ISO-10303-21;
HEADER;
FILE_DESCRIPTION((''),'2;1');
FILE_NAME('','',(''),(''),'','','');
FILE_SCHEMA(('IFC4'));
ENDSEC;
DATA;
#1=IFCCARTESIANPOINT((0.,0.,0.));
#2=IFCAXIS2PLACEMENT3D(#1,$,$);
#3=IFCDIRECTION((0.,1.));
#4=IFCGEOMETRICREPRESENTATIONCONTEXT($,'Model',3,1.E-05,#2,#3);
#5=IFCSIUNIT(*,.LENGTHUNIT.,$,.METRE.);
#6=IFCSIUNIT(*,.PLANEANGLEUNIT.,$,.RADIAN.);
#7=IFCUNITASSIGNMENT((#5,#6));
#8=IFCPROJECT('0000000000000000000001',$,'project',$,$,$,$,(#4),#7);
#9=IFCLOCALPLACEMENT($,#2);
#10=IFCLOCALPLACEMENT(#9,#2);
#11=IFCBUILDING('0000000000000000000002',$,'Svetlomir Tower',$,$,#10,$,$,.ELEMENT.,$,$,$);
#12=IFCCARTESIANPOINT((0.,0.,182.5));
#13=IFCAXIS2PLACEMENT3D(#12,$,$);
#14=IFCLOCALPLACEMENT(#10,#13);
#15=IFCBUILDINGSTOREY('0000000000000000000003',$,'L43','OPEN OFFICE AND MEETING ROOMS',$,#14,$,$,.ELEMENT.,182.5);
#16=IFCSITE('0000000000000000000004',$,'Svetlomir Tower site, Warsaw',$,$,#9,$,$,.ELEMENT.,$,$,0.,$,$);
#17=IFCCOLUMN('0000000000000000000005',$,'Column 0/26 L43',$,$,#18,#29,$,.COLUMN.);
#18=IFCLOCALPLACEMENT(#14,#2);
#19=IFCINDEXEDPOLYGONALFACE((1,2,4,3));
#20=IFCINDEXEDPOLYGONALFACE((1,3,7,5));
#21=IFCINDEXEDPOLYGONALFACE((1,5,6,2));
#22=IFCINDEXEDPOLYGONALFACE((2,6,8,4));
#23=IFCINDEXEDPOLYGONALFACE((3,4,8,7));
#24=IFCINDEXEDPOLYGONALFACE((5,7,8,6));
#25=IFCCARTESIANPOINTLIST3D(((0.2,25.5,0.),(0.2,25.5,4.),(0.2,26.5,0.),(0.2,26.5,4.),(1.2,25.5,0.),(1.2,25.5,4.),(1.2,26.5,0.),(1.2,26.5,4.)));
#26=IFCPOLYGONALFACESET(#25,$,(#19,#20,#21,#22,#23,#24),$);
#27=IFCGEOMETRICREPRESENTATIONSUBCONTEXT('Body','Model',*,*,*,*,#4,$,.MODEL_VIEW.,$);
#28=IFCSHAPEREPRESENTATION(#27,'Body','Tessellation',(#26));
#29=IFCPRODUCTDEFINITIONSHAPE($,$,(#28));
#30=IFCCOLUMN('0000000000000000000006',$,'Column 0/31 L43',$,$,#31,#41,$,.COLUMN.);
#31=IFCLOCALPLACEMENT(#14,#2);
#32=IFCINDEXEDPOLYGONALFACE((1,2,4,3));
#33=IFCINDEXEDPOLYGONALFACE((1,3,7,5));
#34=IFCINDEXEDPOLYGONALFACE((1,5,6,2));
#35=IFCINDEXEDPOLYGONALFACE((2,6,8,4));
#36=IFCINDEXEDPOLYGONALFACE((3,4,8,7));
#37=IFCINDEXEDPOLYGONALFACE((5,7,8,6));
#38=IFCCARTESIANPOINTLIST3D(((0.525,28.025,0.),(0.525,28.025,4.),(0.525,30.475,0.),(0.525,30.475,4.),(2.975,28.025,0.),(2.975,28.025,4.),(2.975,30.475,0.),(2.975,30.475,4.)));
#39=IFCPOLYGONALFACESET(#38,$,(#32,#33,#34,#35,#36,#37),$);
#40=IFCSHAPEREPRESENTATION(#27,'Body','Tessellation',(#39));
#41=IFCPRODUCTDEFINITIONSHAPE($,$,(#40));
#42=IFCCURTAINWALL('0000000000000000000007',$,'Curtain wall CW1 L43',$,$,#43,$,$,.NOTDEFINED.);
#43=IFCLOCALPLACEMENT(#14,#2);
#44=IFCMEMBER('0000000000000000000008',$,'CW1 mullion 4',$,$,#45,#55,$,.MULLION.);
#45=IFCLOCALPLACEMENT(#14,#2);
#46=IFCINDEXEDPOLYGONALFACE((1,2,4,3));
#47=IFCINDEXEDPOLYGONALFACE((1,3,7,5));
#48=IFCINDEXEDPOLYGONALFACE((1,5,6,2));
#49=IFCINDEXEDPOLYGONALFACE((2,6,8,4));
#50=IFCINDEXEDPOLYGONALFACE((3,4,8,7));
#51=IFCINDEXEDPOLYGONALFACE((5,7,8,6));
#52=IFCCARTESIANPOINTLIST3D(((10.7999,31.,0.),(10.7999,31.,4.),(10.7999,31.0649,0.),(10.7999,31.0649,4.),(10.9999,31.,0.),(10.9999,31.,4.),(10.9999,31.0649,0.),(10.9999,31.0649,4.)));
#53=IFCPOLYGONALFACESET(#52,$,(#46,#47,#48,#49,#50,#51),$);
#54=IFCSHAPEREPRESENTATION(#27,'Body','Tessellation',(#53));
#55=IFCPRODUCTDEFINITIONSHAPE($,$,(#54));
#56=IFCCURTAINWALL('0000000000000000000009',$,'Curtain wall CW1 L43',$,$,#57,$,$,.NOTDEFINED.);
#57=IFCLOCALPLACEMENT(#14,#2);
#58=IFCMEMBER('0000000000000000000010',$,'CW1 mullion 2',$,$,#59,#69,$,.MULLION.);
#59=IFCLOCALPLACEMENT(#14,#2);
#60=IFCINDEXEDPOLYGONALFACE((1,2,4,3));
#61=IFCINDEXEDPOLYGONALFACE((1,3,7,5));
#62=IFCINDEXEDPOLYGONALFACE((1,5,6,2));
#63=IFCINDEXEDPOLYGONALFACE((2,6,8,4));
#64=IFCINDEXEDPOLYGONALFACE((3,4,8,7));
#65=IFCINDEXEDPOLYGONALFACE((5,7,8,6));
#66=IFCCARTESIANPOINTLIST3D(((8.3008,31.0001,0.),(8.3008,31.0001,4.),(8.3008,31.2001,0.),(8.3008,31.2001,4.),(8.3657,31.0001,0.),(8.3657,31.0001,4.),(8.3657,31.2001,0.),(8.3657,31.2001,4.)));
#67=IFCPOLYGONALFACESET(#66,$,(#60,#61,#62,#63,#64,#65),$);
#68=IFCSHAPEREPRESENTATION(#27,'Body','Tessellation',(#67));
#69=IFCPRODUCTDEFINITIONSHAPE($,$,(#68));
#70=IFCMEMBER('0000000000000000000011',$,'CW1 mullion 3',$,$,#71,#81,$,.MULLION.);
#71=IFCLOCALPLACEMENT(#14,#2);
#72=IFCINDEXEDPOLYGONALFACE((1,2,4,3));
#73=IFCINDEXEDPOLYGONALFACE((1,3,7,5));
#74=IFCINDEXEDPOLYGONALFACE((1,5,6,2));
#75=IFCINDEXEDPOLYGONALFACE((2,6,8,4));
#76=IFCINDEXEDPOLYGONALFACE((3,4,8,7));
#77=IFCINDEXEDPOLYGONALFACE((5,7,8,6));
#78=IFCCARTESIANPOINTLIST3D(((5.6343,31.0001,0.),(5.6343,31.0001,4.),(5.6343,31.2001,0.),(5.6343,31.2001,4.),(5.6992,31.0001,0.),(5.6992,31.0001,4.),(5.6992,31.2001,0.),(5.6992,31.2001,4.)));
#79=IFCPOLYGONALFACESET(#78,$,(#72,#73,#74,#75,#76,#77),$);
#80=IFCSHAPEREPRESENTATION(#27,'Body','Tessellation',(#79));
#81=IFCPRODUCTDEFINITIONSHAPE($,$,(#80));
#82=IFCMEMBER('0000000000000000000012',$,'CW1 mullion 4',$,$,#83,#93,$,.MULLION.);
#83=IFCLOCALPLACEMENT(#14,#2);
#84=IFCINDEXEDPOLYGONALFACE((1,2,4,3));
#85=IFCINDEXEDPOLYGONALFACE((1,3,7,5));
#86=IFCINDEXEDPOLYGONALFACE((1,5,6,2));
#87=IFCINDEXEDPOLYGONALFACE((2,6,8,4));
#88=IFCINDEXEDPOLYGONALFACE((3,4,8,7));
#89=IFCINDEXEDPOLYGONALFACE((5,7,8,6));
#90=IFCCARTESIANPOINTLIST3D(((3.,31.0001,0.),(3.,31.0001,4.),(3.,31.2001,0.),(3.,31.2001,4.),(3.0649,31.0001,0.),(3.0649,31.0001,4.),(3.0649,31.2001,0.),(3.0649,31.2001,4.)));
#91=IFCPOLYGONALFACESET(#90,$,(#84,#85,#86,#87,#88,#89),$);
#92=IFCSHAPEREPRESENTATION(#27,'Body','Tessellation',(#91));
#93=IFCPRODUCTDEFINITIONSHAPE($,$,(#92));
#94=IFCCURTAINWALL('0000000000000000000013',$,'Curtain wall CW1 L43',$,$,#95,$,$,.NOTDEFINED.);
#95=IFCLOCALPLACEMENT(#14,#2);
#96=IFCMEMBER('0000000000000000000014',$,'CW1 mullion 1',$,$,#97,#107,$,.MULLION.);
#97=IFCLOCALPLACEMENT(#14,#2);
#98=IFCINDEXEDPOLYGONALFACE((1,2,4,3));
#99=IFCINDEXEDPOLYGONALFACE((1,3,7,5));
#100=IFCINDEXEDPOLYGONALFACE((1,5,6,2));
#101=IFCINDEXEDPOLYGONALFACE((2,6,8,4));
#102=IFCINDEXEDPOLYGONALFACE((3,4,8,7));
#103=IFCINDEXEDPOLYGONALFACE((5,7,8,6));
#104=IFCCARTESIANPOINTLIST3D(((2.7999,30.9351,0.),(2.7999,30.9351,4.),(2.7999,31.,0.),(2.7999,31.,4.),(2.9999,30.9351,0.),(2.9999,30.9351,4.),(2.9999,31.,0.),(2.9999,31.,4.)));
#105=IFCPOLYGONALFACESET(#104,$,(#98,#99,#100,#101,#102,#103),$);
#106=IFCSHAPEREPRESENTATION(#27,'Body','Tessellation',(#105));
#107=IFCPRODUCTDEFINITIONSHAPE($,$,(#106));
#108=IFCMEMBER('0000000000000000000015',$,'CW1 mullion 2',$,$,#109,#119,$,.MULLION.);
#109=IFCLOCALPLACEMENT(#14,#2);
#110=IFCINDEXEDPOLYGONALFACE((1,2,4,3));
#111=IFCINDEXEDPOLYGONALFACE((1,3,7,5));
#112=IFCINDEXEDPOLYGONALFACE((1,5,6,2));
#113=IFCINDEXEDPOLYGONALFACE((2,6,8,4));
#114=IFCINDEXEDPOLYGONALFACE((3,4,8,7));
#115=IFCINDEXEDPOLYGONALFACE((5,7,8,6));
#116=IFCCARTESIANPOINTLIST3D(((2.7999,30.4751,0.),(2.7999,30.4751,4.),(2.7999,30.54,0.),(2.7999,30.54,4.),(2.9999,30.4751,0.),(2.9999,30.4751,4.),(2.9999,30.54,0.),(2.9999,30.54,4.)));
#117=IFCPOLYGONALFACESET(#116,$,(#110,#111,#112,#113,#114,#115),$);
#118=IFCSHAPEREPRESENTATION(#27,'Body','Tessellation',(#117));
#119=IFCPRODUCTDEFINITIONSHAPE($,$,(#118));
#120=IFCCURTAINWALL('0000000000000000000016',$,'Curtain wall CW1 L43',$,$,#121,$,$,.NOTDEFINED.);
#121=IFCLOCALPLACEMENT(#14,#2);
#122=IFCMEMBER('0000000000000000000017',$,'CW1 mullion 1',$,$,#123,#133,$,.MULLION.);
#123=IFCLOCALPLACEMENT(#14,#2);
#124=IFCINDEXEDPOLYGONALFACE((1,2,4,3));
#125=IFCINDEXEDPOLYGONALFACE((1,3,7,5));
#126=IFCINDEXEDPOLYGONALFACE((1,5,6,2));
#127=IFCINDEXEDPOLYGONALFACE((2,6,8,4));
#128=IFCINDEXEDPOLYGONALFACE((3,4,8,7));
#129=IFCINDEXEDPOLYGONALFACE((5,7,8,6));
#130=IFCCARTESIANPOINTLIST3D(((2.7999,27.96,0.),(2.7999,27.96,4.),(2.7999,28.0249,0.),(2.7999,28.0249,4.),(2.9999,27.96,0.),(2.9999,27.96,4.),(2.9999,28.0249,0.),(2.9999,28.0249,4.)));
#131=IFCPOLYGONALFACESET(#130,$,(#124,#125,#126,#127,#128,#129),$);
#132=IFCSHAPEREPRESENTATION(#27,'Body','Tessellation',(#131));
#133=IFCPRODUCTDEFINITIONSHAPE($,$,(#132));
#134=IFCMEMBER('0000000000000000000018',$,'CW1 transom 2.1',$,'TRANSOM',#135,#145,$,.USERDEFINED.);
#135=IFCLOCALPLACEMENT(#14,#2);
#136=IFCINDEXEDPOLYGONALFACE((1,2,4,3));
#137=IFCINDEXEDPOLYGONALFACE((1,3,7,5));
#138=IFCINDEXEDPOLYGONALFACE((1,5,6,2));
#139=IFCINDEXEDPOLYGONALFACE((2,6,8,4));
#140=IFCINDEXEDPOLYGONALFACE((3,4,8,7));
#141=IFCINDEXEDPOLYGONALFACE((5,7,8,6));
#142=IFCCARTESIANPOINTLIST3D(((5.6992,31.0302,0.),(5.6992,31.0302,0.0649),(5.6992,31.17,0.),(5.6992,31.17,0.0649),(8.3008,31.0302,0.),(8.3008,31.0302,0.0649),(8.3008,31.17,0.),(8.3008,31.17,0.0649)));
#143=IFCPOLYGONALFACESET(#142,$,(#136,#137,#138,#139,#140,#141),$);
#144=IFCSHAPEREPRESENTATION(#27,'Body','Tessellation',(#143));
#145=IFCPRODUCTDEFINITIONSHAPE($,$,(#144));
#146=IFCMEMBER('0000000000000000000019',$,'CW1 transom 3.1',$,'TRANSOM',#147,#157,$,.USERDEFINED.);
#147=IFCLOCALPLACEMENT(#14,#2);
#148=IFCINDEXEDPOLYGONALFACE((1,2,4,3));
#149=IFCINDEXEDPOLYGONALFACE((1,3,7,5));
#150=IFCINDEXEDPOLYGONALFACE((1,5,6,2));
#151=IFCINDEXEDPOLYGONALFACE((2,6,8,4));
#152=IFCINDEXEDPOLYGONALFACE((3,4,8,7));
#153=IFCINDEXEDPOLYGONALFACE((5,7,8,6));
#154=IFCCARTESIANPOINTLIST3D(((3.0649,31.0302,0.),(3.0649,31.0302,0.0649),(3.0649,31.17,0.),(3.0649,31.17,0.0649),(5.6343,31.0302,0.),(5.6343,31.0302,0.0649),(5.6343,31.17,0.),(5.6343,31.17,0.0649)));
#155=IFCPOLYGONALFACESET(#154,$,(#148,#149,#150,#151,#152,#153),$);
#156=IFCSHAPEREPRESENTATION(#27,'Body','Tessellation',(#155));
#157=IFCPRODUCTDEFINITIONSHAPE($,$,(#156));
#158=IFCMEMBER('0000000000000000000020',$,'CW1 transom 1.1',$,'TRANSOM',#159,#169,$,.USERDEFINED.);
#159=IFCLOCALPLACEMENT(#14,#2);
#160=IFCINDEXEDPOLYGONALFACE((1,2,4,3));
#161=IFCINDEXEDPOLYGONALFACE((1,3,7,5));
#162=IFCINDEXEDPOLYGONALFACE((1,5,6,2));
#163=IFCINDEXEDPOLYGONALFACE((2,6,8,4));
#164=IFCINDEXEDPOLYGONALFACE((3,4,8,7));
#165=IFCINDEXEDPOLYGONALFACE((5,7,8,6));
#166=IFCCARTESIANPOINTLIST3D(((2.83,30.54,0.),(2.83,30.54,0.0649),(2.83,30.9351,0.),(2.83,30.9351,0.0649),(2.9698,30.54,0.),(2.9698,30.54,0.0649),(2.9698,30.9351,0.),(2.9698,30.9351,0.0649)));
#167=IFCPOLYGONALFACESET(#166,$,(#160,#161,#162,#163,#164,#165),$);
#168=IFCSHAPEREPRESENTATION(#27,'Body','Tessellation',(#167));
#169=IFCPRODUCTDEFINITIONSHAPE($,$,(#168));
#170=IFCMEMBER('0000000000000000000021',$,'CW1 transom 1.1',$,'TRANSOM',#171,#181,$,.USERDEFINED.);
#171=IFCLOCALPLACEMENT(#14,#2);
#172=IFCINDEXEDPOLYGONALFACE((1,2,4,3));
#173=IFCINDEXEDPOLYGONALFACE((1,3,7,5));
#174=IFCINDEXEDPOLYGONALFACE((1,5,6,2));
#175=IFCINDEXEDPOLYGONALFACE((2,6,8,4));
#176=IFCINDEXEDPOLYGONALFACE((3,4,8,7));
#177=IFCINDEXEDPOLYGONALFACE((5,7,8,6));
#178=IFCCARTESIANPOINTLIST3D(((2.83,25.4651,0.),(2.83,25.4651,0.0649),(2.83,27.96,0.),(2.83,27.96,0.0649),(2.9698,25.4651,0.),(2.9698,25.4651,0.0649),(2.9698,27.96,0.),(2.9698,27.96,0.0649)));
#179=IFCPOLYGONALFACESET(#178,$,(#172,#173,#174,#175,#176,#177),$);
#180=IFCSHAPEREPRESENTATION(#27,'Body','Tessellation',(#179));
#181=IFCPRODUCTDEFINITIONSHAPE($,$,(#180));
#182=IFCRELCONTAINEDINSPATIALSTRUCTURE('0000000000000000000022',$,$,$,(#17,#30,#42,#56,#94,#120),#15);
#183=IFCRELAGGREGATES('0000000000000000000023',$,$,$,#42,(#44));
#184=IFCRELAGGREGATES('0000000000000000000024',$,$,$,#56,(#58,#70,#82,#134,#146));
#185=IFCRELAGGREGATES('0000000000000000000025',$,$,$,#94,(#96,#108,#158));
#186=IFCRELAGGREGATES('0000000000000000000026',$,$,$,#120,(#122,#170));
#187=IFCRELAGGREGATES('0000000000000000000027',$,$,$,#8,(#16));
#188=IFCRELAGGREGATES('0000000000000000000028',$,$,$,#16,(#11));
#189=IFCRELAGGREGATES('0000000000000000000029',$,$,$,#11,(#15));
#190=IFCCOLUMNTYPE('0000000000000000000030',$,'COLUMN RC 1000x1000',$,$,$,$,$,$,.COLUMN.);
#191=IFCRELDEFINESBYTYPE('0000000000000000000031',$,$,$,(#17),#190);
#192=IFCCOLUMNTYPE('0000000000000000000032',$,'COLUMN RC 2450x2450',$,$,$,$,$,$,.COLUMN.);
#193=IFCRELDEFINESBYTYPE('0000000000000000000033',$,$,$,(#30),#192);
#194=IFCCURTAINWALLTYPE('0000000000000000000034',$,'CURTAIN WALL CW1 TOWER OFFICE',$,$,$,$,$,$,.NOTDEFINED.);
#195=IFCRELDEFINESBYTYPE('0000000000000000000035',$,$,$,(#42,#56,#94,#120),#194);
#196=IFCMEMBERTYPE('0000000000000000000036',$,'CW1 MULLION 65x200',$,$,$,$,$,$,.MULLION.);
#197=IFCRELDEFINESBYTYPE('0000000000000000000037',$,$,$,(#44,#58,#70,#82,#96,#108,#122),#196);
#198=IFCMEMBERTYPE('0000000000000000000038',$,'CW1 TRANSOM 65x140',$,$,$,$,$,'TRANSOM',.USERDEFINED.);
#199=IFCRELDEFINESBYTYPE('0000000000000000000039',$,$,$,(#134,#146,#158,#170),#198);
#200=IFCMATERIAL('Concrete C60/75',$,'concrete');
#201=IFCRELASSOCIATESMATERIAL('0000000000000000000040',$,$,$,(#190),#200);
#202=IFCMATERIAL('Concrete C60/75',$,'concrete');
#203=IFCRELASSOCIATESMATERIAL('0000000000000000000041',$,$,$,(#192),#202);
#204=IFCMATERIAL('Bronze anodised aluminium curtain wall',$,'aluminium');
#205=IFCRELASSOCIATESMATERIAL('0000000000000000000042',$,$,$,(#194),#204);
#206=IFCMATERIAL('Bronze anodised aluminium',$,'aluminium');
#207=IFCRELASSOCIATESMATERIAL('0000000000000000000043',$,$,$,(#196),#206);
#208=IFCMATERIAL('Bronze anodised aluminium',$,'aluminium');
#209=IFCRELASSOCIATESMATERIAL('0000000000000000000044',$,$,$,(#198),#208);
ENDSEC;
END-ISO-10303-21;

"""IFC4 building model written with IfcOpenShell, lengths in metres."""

from ifc_helpers import new_model, si_unit, direction, frame, origin, origin_2d, place, context, subcontext, project, spatial, rectangle, extrude, material, material_profile, profile_set, type_object, element, aggregate, save


model = new_model("IFC4")

# Units and contexts
model_context = context("Model", 3, precision=1e-05, world=origin(), true_north=direction((0.0, 1.0)))
body_context = subcontext(model_context, "Body", "Model", "MODEL_VIEW")
ifc_project = project(units=[si_unit("LENGTHUNIT", "METRE"), si_unit("PLANEANGLEUNIT", "RADIAN")], contexts=[model_context])

# Site, building, storey
site_placement = place(None, origin())
site = spatial("IfcSite", under=ifc_project, at=site_placement, Name="Svetlomir Tower site, Warsaw", CompositionType="ELEMENT", RefElevation=0.0)
building_placement = place(site_placement, origin())
building = spatial("IfcBuilding", under=site, at=building_placement, Name="Svetlomir Tower", CompositionType="ELEMENT")
storey_placement = place(building_placement, frame((0.0, 0.0, 182.5)))
storey = spatial("IfcBuildingStorey", under=building, at=storey_placement, Name="L43", Description="OPEN OFFICE AND MEETING ROOMS", CompositionType="ELEMENT", Elevation=182.5)

# Columns
ifc_material_1 = material(Name="Concrete C60/75", Category="concrete")
ifc_material_profile_1 = material_profile(ifc_material_1, rectangle(XDim=1.0, YDim=1.0, at=origin_2d()), Name="RC 1000x1000")
ifc_profile_set_1 = profile_set([ifc_material_profile_1], Name="Concrete C60/75")
column_type_1 = type_object("IfcColumnType", Name="COLUMN RC 1000x1000", PredefinedType="COLUMN", material=ifc_profile_set_1)
column_1_placement = place(storey_placement, frame((0.7, 26.0, 0.0), z_axis=(0.0, 0.0, 1.0), x_axis=(1.0, 0.0, 0.0)))
element("IfcColumn", 1, at=column_1_placement, inside=storey, type_object=column_type_1, Name="Column 0/26 L43", PredefinedType="COLUMN", context=body_context, shape_type="SweptSolid", body=[
    extrude(rectangle(XDim=1.0, YDim=1.0, at=origin_2d()), origin(), (0.0, 0.0, 1.0), 4.0),
])
ifc_material_2 = material(Name="Concrete C60/75", Category="concrete")
ifc_material_profile_2 = material_profile(ifc_material_2, rectangle(XDim=2.45, YDim=2.45, at=origin_2d()), Name="RC 2450x2450")
ifc_profile_set_2 = profile_set([ifc_material_profile_2], Name="Concrete C60/75")
column_type_2 = type_object("IfcColumnType", Name="COLUMN RC 2450x2450", PredefinedType="COLUMN", material=ifc_profile_set_2)
column_2_placement = place(storey_placement, frame((1.75, 29.25, 0.0), z_axis=(0.0, 0.0, 1.0), x_axis=(1.0, 0.0, 0.0)))
element("IfcColumn", 2, at=column_2_placement, inside=storey, type_object=column_type_2, Name="Column 0/31 L43", PredefinedType="COLUMN", context=body_context, shape_type="SweptSolid", body=[
    extrude(rectangle(XDim=2.45, YDim=2.45, at=origin_2d()), origin(), (0.0, 0.0, 1.0), 4.0),
])

# Curtain wall, member
ifc_material_3 = material(Name="Bronze anodised aluminium curtain wall", Category="aluminium")
curtain_wall_type = type_object("IfcCurtainWallType", Name="CURTAIN WALL CW1 TOWER OFFICE", PredefinedType="NOTDEFINED", material=ifc_material_3)
curtain_wall_1_placement = place(storey_placement, origin())
curtain_wall_1 = element("IfcCurtainWall", 3, at=curtain_wall_1_placement, inside=storey, type_object=curtain_wall_type, Name="Curtain wall CW1 L43", PredefinedType="NOTDEFINED")
ifc_material_4 = material(Name="Bronze anodised aluminium", Category="aluminium")
ifc_material_profile_3 = material_profile(ifc_material_4, rectangle(XDim=0.0649, YDim=0.2, at=origin_2d()), Name="AL 65x200")
ifc_profile_set_3 = profile_set([ifc_material_profile_3], Name="Bronze anodised aluminium 6063-T6")
member_type_1 = type_object("IfcMemberType", Name="CW1 MULLION 65x200", PredefinedType="MULLION", material=ifc_profile_set_3)
member_1_placement = place(storey_placement, frame((10.8999, 31.0325, 0.0), z_axis=(0.0, 0.0, 1.0), x_axis=(0.0, -1.0, 0.0)))
member_1 = element("IfcMember", 4, at=member_1_placement, type_object=member_type_1, Name="CW1 mullion 4", PredefinedType="MULLION", context=body_context, shape_type="SweptSolid", body=[
    extrude(rectangle(XDim=0.0649, YDim=0.2, at=origin_2d()), origin(), (0.0, 0.0, 1.0), 4.0),
])
aggregate(curtain_wall_1, [member_1])

# Curtain walls, members
curtain_wall_2_placement = place(storey_placement, origin())
curtain_wall_2 = element("IfcCurtainWall", 5, at=curtain_wall_2_placement, inside=storey, type_object=curtain_wall_type, Name="Curtain wall CW1 L43", PredefinedType="NOTDEFINED")
member_2_placement = place(storey_placement, frame((8.3333, 31.1001, 0.0), z_axis=(0.0, 0.0, 1.0), x_axis=(-1.0, 0.0, 0.0)))
member_2 = element("IfcMember", 6, at=member_2_placement, type_object=member_type_1, Name="CW1 mullion 2", PredefinedType="MULLION", context=body_context, shape_type="SweptSolid", body=[
    extrude(rectangle(XDim=0.0649, YDim=0.2, at=origin_2d()), origin(), (0.0, 0.0, 1.0), 4.0),
])
member_3_placement = place(storey_placement, frame((5.6667, 31.1001, 0.0), z_axis=(0.0, 0.0, 1.0), x_axis=(-1.0, 0.0, 0.0)))
member_3 = element("IfcMember", 7, at=member_3_placement, type_object=member_type_1, Name="CW1 mullion 3", PredefinedType="MULLION", context=body_context, shape_type="SweptSolid", body=[
    extrude(rectangle(XDim=0.0649, YDim=0.2, at=origin_2d()), origin(), (0.0, 0.0, 1.0), 4.0),
])
member_4_placement = place(storey_placement, frame((3.0325, 31.1001, 0.0), z_axis=(0.0, 0.0, 1.0), x_axis=(-1.0, 0.0, 0.0)))
member_4 = element("IfcMember", 8, at=member_4_placement, type_object=member_type_1, Name="CW1 mullion 4", PredefinedType="MULLION", context=body_context, shape_type="SweptSolid", body=[
    extrude(rectangle(XDim=0.0649, YDim=0.2, at=origin_2d()), origin(), (0.0, 0.0, 1.0), 4.0),
])
curtain_wall_3_placement = place(storey_placement, origin())
curtain_wall_3 = element("IfcCurtainWall", 9, at=curtain_wall_3_placement, inside=storey, type_object=curtain_wall_type, Name="Curtain wall CW1 L43", PredefinedType="NOTDEFINED")
member_5_placement = place(storey_placement, frame((2.8999, 30.9675, 0.0), z_axis=(0.0, 0.0, 1.0), x_axis=(0.0, -1.0, 0.0)))
member_5 = element("IfcMember", 10, at=member_5_placement, type_object=member_type_1, Name="CW1 mullion 1", PredefinedType="MULLION", context=body_context, shape_type="SweptSolid", body=[
    extrude(rectangle(XDim=0.0649, YDim=0.2, at=origin_2d()), origin(), (0.0, 0.0, 1.0), 4.0),
])
member_6_placement = place(storey_placement, frame((2.8999, 30.5076, 0.0), z_axis=(0.0, 0.0, 1.0), x_axis=(0.0, -1.0, 0.0)))
member_6 = element("IfcMember", 11, at=member_6_placement, type_object=member_type_1, Name="CW1 mullion 2", PredefinedType="MULLION", context=body_context, shape_type="SweptSolid", body=[
    extrude(rectangle(XDim=0.0649, YDim=0.2, at=origin_2d()), origin(), (0.0, 0.0, 1.0), 4.0),
])

# Curtain wall, member
curtain_wall_4_placement = place(storey_placement, origin())
curtain_wall_4 = element("IfcCurtainWall", 12, at=curtain_wall_4_placement, inside=storey, type_object=curtain_wall_type, Name="Curtain wall CW1 L43", PredefinedType="NOTDEFINED")
member_7_placement = place(storey_placement, frame((2.8999, 27.9924, 0.0), z_axis=(0.0, 0.0, 1.0), x_axis=(0.0, -1.0, 0.0)))
member_7 = element("IfcMember", 13, at=member_7_placement, type_object=member_type_1, Name="CW1 mullion 1", PredefinedType="MULLION", context=body_context, shape_type="SweptSolid", body=[
    extrude(rectangle(XDim=0.0649, YDim=0.2, at=origin_2d()), origin(), (0.0, 0.0, 1.0), 4.0),
])

# Members
ifc_material_5 = material(Name="Bronze anodised aluminium", Category="aluminium")
ifc_material_profile_4 = material_profile(ifc_material_5, rectangle(XDim=0.1399, YDim=0.0649, at=origin_2d()), Name="AL 140x65")
ifc_profile_set_4 = profile_set([ifc_material_profile_4], Name="Bronze anodised aluminium 6063-T6")
member_type_2 = type_object("IfcMemberType", Name="CW1 TRANSOM 65x140", ElementType="TRANSOM", PredefinedType="USERDEFINED", material=ifc_profile_set_4)
member_8_placement = place(storey_placement, frame((8.3008, 31.1001, 0.0325), z_axis=(-1.0, 0.0, 0.0), x_axis=(0.0, -1.0, 0.0)))
member_8 = element("IfcMember", 14, at=member_8_placement, type_object=member_type_2, Name="CW1 transom 2.1", ObjectType="TRANSOM", PredefinedType="USERDEFINED", context=body_context, shape_type="SweptSolid", body=[
    extrude(rectangle(XDim=0.1399, YDim=0.0649, at=origin_2d()), origin(), (0.0, 0.0, 1.0), 2.6016),
])
member_9_placement = place(storey_placement, frame((5.6343, 31.1001, 0.0325), z_axis=(-1.0, 0.0, 0.0), x_axis=(0.0, -1.0, 0.0)))
member_9 = element("IfcMember", 15, at=member_9_placement, type_object=member_type_2, Name="CW1 transom 3.1", ObjectType="TRANSOM", PredefinedType="USERDEFINED", context=body_context, shape_type="SweptSolid", body=[
    extrude(rectangle(XDim=0.1399, YDim=0.0649, at=origin_2d()), origin(), (0.0, 0.0, 1.0), 2.5693),
])
member_10_placement = place(storey_placement, frame((2.8999, 30.9351, 0.0325), z_axis=(0.0, -1.0, 0.0), x_axis=(1.0, 0.0, 0.0)))
member_10 = element("IfcMember", 16, at=member_10_placement, type_object=member_type_2, Name="CW1 transom 1.1", ObjectType="TRANSOM", PredefinedType="USERDEFINED", context=body_context, shape_type="SweptSolid", body=[
    extrude(rectangle(XDim=0.1399, YDim=0.0649, at=origin_2d()), origin(), (0.0, 0.0, 1.0), 0.395),
])
member_11_placement = place(storey_placement, frame((2.8999, 27.96, 0.0325), z_axis=(0.0, -1.0, 0.0), x_axis=(1.0, 0.0, 0.0)))
member_11 = element("IfcMember", 17, at=member_11_placement, type_object=member_type_2, Name="CW1 transom 1.1", ObjectType="TRANSOM", PredefinedType="USERDEFINED", context=body_context, shape_type="SweptSolid", body=[
    extrude(rectangle(XDim=0.1399, YDim=0.0649, at=origin_2d()), origin(), (0.0, 0.0, 1.0), 2.4949),
])

aggregate(curtain_wall_2, [member_2, member_3, member_4, member_8, member_9])
aggregate(curtain_wall_3, [member_5, member_6, member_10])
aggregate(curtain_wall_4, [member_7, member_11])

save(model, "model.ifc")
